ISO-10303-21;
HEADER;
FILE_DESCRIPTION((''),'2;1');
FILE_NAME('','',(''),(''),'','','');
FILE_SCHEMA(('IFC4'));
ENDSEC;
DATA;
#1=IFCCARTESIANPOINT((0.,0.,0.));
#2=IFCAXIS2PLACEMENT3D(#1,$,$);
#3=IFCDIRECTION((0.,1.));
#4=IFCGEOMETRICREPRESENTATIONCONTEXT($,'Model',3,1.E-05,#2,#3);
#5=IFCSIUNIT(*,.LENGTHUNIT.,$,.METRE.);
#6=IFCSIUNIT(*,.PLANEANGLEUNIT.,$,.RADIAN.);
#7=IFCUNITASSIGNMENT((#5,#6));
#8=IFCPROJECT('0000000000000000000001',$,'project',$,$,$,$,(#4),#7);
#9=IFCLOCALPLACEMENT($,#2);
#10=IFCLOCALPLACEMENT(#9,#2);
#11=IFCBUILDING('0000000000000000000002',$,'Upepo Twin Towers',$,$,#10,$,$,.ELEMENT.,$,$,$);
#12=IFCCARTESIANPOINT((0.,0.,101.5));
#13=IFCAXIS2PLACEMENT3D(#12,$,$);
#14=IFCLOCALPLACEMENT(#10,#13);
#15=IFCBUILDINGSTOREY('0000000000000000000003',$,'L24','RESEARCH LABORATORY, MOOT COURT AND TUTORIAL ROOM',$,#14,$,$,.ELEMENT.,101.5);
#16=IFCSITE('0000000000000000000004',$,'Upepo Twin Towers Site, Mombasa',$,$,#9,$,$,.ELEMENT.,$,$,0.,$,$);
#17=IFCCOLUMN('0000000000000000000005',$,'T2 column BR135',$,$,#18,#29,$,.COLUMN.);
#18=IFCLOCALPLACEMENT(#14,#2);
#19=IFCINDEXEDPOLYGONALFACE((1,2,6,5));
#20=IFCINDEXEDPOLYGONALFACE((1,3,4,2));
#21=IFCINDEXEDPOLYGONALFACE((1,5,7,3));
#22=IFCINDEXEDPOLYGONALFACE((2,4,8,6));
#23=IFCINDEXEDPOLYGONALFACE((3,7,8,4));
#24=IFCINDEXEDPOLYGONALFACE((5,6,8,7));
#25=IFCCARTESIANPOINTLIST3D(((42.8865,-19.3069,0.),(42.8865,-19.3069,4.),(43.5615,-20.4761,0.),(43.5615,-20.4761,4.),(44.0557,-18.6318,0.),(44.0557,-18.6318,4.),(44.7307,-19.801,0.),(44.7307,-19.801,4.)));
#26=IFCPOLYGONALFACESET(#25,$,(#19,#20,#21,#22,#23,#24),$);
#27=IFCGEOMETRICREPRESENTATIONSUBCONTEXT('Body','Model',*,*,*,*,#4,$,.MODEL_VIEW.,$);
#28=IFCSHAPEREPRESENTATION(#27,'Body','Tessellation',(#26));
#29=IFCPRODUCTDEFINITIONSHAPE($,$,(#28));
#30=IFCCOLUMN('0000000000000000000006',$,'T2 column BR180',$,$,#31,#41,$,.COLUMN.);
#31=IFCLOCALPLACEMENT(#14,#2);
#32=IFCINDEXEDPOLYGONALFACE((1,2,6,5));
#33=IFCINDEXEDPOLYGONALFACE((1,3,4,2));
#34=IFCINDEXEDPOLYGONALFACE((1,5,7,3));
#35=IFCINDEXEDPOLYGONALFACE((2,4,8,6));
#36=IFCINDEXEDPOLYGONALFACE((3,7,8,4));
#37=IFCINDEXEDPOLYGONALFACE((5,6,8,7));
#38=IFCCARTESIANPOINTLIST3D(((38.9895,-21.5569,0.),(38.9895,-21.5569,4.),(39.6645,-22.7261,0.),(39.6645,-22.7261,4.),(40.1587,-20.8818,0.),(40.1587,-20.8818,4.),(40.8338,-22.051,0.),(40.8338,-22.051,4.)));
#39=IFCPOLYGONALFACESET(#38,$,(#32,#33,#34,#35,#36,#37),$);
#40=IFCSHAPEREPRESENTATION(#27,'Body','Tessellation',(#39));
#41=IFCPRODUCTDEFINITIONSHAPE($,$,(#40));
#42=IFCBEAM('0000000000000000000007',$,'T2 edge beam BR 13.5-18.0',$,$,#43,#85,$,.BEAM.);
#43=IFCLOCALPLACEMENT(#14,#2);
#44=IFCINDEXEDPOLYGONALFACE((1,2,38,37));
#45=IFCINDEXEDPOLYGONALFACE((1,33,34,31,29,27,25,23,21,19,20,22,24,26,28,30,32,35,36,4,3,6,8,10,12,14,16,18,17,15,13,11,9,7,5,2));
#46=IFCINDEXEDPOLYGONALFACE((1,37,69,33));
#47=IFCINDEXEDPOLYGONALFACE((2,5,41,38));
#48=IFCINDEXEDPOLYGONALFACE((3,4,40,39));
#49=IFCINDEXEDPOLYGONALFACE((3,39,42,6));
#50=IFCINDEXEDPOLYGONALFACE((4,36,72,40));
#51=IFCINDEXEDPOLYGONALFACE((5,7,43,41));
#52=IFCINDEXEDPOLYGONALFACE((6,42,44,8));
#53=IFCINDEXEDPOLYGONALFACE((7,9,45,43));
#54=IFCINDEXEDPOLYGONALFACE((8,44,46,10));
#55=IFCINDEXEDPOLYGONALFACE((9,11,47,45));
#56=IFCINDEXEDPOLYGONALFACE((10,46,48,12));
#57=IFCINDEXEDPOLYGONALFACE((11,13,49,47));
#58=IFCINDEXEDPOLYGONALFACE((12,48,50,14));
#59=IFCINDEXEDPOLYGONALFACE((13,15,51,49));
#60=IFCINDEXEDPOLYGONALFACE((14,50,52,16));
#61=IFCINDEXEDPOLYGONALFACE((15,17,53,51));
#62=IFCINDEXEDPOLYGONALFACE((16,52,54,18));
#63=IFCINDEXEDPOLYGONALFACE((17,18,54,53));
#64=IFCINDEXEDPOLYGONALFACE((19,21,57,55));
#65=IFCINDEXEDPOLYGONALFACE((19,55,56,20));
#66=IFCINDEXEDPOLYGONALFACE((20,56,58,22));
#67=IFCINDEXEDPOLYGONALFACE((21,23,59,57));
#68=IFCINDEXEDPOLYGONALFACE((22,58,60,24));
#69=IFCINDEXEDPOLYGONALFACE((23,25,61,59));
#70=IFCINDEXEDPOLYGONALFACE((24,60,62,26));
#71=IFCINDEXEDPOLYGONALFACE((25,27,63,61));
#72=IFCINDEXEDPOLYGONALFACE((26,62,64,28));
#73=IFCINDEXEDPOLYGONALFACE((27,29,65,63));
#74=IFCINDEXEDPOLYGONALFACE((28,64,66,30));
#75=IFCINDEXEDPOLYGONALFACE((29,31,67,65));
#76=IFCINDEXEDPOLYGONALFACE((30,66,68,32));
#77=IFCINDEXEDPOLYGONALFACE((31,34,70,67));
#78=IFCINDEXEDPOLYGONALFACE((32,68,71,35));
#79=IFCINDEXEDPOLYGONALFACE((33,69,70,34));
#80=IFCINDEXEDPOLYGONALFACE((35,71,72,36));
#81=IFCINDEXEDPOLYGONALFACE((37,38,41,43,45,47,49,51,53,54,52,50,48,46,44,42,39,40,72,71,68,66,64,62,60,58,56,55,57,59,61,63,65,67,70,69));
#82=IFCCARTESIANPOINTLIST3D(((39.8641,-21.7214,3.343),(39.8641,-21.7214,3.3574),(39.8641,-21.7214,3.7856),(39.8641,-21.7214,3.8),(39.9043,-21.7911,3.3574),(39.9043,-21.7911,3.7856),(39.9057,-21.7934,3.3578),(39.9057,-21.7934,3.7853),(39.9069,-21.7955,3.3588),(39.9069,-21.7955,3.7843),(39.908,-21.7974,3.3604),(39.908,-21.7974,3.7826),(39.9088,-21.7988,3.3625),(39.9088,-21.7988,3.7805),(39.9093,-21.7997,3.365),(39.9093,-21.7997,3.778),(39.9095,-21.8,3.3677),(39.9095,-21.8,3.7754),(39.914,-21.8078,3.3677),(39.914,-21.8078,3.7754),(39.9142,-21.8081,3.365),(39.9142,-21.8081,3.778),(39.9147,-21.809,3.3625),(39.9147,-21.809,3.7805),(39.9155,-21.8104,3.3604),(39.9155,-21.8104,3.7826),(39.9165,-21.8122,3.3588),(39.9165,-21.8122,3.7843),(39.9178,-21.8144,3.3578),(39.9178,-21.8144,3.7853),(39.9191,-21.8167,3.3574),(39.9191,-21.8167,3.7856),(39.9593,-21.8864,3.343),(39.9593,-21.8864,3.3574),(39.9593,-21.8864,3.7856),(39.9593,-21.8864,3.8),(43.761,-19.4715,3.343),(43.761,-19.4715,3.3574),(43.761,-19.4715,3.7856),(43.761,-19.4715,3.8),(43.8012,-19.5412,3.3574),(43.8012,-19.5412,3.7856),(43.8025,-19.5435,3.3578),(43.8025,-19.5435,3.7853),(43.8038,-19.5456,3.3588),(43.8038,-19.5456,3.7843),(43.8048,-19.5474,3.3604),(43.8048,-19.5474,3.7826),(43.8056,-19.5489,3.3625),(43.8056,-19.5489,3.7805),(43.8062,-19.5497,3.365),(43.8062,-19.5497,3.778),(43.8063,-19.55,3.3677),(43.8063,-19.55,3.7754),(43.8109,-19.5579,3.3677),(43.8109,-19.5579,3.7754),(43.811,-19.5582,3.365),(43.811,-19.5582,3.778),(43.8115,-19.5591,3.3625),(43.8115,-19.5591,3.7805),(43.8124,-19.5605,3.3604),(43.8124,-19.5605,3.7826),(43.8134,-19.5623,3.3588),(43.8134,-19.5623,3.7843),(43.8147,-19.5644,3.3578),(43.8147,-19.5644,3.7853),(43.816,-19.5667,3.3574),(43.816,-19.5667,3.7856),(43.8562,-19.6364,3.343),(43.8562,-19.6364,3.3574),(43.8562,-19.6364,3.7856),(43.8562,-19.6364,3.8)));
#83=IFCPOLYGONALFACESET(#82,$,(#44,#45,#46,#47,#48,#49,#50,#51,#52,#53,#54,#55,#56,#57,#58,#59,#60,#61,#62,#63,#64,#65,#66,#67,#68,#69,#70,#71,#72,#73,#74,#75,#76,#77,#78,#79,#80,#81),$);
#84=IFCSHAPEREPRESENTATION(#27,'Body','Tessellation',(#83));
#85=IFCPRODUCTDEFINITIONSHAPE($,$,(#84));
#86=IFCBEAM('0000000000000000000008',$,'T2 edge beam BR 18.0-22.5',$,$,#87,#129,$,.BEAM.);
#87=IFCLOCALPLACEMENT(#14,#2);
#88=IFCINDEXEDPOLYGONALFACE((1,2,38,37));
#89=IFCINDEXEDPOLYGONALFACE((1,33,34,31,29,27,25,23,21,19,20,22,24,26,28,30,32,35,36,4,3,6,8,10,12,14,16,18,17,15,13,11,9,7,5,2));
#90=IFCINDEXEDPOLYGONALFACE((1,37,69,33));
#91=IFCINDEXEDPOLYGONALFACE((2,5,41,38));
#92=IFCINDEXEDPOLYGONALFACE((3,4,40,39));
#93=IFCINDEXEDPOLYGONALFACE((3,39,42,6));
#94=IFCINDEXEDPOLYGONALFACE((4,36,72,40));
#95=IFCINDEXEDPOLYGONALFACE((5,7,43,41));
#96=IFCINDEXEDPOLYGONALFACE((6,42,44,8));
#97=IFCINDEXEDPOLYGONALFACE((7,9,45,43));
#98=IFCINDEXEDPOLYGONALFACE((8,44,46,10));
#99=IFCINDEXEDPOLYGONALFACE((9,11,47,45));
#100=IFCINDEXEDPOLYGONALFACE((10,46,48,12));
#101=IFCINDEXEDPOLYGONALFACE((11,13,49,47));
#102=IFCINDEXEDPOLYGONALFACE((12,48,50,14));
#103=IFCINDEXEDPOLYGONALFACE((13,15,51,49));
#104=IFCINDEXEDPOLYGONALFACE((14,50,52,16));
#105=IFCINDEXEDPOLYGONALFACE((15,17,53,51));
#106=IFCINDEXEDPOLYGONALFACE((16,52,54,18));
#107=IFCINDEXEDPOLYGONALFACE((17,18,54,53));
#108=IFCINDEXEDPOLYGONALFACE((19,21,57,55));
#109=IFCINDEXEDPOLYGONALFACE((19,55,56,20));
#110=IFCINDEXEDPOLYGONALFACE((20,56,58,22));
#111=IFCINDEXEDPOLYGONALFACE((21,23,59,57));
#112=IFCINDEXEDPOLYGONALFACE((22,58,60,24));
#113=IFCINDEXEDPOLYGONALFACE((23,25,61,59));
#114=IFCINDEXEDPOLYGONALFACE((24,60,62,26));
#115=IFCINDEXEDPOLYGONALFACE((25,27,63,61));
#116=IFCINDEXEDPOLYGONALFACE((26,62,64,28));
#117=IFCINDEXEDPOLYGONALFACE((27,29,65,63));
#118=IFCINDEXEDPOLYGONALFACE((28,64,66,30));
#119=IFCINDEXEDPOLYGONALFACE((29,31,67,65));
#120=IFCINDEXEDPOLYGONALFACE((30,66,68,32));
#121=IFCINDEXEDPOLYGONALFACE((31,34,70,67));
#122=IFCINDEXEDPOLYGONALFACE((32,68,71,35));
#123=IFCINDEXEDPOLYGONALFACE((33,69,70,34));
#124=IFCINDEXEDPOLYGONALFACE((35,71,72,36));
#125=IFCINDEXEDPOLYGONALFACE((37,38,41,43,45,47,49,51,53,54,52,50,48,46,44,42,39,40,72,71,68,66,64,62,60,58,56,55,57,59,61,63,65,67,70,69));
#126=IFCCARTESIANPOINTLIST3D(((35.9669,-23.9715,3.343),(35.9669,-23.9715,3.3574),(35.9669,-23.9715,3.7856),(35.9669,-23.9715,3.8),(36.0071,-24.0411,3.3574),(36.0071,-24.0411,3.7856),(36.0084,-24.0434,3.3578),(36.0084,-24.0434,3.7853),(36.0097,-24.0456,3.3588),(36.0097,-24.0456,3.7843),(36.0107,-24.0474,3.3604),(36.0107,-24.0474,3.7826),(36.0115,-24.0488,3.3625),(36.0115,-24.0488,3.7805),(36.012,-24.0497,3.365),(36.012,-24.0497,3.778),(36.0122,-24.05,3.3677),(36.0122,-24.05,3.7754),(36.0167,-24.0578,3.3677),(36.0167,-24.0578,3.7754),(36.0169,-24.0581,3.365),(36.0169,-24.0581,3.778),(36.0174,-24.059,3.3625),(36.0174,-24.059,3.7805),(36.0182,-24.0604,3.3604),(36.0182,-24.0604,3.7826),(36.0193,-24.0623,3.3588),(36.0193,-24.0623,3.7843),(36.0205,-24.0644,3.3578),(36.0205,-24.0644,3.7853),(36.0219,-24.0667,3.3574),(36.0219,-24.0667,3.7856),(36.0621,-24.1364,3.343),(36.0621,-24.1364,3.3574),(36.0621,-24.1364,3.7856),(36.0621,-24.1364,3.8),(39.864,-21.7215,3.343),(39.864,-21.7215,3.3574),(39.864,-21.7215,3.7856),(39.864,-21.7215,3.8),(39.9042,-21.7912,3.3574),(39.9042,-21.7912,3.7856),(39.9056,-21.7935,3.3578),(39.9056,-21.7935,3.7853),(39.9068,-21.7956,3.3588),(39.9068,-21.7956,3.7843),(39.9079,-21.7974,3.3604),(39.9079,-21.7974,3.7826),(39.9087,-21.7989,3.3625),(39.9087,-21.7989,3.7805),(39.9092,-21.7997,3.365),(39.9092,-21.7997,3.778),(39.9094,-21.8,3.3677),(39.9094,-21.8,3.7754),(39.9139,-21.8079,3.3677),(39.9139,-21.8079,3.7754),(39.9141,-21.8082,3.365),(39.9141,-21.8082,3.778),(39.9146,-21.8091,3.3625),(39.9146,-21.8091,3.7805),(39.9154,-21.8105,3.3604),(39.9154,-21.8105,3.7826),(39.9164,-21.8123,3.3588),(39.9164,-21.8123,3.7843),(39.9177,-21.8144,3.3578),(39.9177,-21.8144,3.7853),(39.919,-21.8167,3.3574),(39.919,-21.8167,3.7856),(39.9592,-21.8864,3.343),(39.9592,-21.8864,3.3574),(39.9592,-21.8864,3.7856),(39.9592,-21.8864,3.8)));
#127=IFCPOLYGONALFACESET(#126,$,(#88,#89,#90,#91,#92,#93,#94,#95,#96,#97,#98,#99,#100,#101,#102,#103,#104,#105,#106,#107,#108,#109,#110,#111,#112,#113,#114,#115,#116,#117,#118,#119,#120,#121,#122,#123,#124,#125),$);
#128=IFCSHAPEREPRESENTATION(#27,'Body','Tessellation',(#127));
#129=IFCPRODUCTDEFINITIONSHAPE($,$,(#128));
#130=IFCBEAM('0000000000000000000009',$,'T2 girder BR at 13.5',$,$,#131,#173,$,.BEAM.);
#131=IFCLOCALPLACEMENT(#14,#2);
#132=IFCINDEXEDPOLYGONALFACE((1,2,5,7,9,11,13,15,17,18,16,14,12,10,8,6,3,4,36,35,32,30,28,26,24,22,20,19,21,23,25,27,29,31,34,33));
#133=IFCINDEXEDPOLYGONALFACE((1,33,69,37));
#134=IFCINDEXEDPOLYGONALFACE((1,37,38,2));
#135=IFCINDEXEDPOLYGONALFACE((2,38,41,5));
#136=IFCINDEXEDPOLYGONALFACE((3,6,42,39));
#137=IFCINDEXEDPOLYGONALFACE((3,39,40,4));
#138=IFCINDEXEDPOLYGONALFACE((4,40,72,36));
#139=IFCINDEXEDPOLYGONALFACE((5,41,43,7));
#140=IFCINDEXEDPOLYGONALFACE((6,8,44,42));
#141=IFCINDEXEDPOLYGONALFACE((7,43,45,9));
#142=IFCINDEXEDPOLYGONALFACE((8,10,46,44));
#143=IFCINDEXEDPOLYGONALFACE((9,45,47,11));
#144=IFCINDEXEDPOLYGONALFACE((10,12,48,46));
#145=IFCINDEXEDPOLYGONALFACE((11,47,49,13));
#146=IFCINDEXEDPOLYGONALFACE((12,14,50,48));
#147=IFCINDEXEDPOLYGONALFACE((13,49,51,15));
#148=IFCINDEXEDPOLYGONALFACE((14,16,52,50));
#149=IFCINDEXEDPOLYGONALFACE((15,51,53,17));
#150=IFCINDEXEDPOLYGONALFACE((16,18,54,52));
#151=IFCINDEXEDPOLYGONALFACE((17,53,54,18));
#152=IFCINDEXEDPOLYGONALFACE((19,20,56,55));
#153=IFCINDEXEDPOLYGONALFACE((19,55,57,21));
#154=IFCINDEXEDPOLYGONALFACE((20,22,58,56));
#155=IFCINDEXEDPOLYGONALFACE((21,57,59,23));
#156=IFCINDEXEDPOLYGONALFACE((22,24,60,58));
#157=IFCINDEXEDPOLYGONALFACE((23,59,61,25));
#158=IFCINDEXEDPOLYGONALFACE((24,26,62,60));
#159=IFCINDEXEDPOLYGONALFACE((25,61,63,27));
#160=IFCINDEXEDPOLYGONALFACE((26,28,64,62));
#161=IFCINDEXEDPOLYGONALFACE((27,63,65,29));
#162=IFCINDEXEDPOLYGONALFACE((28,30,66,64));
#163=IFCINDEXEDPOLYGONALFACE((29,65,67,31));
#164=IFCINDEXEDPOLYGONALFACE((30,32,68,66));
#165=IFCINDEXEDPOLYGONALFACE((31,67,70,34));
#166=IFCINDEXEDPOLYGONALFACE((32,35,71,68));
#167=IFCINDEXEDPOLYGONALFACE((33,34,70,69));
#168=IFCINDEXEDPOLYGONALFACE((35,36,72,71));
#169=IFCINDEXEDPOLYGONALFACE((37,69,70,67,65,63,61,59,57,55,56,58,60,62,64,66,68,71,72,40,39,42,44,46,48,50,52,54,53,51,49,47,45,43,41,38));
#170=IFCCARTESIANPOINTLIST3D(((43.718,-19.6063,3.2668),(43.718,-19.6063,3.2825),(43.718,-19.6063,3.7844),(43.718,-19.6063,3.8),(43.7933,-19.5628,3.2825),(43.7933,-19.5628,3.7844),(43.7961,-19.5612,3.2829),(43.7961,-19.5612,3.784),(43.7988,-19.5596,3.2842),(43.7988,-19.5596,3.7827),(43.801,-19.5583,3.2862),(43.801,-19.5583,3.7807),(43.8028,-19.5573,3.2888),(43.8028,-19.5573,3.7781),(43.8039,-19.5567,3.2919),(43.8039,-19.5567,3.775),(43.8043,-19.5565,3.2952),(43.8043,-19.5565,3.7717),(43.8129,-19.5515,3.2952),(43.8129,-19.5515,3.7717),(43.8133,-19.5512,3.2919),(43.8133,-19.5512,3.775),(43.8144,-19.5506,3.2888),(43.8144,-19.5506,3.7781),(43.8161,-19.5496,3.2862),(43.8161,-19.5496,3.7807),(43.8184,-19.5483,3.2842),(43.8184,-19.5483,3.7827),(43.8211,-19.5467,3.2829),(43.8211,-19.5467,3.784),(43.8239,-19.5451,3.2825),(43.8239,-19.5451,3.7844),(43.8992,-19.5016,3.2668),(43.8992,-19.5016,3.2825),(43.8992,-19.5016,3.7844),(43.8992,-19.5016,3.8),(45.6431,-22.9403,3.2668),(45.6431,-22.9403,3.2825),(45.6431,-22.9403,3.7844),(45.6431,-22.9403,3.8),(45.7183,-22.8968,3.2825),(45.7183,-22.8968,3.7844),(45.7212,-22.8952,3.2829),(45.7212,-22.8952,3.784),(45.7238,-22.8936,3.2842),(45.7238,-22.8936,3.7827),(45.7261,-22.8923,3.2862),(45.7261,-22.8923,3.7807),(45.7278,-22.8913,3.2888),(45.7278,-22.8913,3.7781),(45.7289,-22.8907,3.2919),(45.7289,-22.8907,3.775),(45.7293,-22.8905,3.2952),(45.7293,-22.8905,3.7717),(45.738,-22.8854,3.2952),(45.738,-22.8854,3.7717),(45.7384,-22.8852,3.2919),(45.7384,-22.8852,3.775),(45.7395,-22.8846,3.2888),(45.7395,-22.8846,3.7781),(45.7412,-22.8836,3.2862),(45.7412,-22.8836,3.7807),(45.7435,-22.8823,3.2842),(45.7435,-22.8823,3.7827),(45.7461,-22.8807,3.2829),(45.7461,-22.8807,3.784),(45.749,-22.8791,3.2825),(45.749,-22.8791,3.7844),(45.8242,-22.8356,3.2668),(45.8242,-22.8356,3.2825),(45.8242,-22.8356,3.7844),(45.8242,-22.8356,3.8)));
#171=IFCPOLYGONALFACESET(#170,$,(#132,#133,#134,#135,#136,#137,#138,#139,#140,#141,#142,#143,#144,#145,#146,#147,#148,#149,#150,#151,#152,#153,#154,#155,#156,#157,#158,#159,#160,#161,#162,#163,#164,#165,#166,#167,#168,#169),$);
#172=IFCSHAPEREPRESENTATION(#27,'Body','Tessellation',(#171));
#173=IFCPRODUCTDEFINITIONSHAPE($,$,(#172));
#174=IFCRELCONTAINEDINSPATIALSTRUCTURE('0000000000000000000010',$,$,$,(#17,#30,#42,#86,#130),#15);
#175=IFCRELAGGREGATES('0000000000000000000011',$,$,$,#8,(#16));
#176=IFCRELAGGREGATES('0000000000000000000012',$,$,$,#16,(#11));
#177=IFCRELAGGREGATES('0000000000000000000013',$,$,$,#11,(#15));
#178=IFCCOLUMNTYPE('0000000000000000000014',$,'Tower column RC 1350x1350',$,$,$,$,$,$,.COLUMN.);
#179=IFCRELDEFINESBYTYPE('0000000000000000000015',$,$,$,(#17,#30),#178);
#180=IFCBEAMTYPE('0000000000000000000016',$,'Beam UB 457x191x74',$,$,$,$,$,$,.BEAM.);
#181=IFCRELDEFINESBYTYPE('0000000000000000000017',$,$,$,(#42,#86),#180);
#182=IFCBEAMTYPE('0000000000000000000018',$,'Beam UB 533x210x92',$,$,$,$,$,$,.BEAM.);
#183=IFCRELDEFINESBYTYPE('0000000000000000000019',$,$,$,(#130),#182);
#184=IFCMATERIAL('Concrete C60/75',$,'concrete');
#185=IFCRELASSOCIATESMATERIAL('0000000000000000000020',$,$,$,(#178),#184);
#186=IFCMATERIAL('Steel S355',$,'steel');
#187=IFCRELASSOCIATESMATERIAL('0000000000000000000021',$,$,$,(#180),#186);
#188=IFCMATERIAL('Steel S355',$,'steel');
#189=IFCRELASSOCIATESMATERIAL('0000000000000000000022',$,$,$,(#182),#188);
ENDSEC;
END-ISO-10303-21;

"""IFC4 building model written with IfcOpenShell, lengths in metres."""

from ifc_helpers import new_model, si_unit, direction, frame, origin, origin_2d, place, context, subcontext, project, spatial, rectangle, i_section, extrude, material, material_profile, profile_set, type_object, element, save


model = new_model("IFC4")

# Units and contexts
model_context = context("Model", 3, precision=1e-05, world=origin(), true_north=direction((0.0, 1.0)))
body_context = subcontext(model_context, "Body", "Model", "MODEL_VIEW")
ifc_project = project(units=[si_unit("LENGTHUNIT", "METRE"), si_unit("PLANEANGLEUNIT", "RADIAN")], contexts=[model_context])

# Site, building, storey
site_placement = place(None, origin())
site = spatial("IfcSite", under=ifc_project, at=site_placement, Name="Upepo Twin Towers Site, Mombasa", CompositionType="ELEMENT", RefElevation=0.0)
building_placement = place(site_placement, origin())
building = spatial("IfcBuilding", under=site, at=building_placement, Name="Upepo Twin Towers", CompositionType="ELEMENT")
storey_placement = place(building_placement, frame((0.0, 0.0, 101.5)))
storey = spatial("IfcBuildingStorey", under=building, at=storey_placement, Name="L24", Description="RESEARCH LABORATORY, MOOT COURT AND TUTORIAL ROOM", CompositionType="ELEMENT", Elevation=101.5)

# Columns
ifc_material_1 = material(Name="Concrete C60/75", Category="concrete")
ifc_material_profile_1 = material_profile(ifc_material_1, rectangle(XDim=1.3501, YDim=1.3501, at=origin_2d()), Name="RC 1350x1350")
ifc_profile_set_1 = profile_set([ifc_material_profile_1], Name="Concrete C60/75")
column_type = type_object("IfcColumnType", Name="Tower column RC 1350x1350", PredefinedType="COLUMN", material=ifc_profile_set_1)
for number, where, z_axis, x_axis, name in (
    (1, (43.8086, -19.554, 0.0), (0.0, 0.0, 1.0), (0.866025, 0.5, 0.0), "T2 column BR135"),
    (2, (39.9116, -21.804, 0.0), (0.0, 0.0, 1.0), (0.866025, 0.5, 0.0), "T2 column BR180"),
):
    element("IfcColumn", number, at=place(storey_placement, frame(where, z_axis=z_axis, x_axis=x_axis)), inside=storey, type_object=column_type, Name=name, PredefinedType="COLUMN", context=body_context, shape_type="SweptSolid", body=[
        extrude(rectangle(XDim=1.3501, YDim=1.3501, at=origin_2d()), origin(), (0.0, 0.0, 1.0), 4.0),
    ])

# Beams
ifc_material_2 = material(Name="Steel S355", Category="steel")
ifc_material_profile_2 = material_profile(ifc_material_2, i_section(OverallWidth=0.1904, OverallDepth=0.457, WebThickness=0.009, FlangeThickness=0.0144, FilletRadius=0.0103, at=origin_2d()), Name="UB 457x191x74")
ifc_profile_set_2 = profile_set([ifc_material_profile_2], Name="Steel S355")
beam_type_1 = type_object("IfcBeamType", Name="Beam UB 457x191x74", PredefinedType="BEAM", material=ifc_profile_set_2)
beam_1_placement = place(storey_placement, frame((43.8086, -19.554, 3.5715), z_axis=(-0.866018, -0.500014, 0.0), x_axis=(0.500014, -0.866018, 0.0)))
element("IfcBeam", 3, at=beam_1_placement, inside=storey, type_object=beam_type_1, Name="T2 edge beam BR 13.5-18.0", PredefinedType="BEAM", context=body_context, shape_type="SweptSolid", body=[
    extrude(i_section(OverallWidth=0.1904, OverallDepth=0.457, WebThickness=0.009, FlangeThickness=0.0144, FilletRadius=0.0103, at=origin_2d()), origin(), (0.0, 0.0, 1.0), 4.4998),
])
beam_2_placement = place(storey_placement, frame((39.9116, -21.804, 3.5715), z_axis=(-0.866031, -0.49999, 0.0), x_axis=(0.49999, -0.866031, 0.0)))
element("IfcBeam", 4, at=beam_2_placement, inside=storey, type_object=beam_type_1, Name="T2 edge beam BR 18.0-22.5", PredefinedType="BEAM", context=body_context, shape_type="SweptSolid", body=[
    extrude(i_section(OverallWidth=0.1904, OverallDepth=0.457, WebThickness=0.009, FlangeThickness=0.0144, FilletRadius=0.0103, at=origin_2d()), origin(), (0.0, 0.0, 1.0), 4.5),
])
ifc_material_3 = material(Name="Steel S355", Category="steel")
ifc_material_profile_3 = material_profile(ifc_material_3, i_section(OverallWidth=0.2092, OverallDepth=0.5332, WebThickness=0.01, FlangeThickness=0.0156, FilletRadius=0.0127, at=origin_2d()), Name="UB 533x210x92")
ifc_profile_set_3 = profile_set([ifc_material_profile_3], Name="Steel S355")
beam_type_2 = type_object("IfcBeamType", Name="Beam UB 533x210x92", PredefinedType="BEAM", material=ifc_profile_set_3)
beam_3_placement = place(storey_placement, frame((43.8086, -19.554, 3.5334), z_axis=(0.500034, -0.866006, 0.0), x_axis=(0.866006, 0.500034, 0.0)))
element("IfcBeam", 5, at=beam_3_placement, inside=storey, type_object=beam_type_2, Name="T2 girder BR at 13.5", PredefinedType="BEAM", context=body_context, shape_type="SweptSolid", body=[
    extrude(i_section(OverallWidth=0.2092, OverallDepth=0.5332, WebThickness=0.01, FlangeThickness=0.0156, FilletRadius=0.0127, at=origin_2d()), origin(), (0.0, 0.0, 1.0), 3.8499),
])

save(model, "model.ifc")
